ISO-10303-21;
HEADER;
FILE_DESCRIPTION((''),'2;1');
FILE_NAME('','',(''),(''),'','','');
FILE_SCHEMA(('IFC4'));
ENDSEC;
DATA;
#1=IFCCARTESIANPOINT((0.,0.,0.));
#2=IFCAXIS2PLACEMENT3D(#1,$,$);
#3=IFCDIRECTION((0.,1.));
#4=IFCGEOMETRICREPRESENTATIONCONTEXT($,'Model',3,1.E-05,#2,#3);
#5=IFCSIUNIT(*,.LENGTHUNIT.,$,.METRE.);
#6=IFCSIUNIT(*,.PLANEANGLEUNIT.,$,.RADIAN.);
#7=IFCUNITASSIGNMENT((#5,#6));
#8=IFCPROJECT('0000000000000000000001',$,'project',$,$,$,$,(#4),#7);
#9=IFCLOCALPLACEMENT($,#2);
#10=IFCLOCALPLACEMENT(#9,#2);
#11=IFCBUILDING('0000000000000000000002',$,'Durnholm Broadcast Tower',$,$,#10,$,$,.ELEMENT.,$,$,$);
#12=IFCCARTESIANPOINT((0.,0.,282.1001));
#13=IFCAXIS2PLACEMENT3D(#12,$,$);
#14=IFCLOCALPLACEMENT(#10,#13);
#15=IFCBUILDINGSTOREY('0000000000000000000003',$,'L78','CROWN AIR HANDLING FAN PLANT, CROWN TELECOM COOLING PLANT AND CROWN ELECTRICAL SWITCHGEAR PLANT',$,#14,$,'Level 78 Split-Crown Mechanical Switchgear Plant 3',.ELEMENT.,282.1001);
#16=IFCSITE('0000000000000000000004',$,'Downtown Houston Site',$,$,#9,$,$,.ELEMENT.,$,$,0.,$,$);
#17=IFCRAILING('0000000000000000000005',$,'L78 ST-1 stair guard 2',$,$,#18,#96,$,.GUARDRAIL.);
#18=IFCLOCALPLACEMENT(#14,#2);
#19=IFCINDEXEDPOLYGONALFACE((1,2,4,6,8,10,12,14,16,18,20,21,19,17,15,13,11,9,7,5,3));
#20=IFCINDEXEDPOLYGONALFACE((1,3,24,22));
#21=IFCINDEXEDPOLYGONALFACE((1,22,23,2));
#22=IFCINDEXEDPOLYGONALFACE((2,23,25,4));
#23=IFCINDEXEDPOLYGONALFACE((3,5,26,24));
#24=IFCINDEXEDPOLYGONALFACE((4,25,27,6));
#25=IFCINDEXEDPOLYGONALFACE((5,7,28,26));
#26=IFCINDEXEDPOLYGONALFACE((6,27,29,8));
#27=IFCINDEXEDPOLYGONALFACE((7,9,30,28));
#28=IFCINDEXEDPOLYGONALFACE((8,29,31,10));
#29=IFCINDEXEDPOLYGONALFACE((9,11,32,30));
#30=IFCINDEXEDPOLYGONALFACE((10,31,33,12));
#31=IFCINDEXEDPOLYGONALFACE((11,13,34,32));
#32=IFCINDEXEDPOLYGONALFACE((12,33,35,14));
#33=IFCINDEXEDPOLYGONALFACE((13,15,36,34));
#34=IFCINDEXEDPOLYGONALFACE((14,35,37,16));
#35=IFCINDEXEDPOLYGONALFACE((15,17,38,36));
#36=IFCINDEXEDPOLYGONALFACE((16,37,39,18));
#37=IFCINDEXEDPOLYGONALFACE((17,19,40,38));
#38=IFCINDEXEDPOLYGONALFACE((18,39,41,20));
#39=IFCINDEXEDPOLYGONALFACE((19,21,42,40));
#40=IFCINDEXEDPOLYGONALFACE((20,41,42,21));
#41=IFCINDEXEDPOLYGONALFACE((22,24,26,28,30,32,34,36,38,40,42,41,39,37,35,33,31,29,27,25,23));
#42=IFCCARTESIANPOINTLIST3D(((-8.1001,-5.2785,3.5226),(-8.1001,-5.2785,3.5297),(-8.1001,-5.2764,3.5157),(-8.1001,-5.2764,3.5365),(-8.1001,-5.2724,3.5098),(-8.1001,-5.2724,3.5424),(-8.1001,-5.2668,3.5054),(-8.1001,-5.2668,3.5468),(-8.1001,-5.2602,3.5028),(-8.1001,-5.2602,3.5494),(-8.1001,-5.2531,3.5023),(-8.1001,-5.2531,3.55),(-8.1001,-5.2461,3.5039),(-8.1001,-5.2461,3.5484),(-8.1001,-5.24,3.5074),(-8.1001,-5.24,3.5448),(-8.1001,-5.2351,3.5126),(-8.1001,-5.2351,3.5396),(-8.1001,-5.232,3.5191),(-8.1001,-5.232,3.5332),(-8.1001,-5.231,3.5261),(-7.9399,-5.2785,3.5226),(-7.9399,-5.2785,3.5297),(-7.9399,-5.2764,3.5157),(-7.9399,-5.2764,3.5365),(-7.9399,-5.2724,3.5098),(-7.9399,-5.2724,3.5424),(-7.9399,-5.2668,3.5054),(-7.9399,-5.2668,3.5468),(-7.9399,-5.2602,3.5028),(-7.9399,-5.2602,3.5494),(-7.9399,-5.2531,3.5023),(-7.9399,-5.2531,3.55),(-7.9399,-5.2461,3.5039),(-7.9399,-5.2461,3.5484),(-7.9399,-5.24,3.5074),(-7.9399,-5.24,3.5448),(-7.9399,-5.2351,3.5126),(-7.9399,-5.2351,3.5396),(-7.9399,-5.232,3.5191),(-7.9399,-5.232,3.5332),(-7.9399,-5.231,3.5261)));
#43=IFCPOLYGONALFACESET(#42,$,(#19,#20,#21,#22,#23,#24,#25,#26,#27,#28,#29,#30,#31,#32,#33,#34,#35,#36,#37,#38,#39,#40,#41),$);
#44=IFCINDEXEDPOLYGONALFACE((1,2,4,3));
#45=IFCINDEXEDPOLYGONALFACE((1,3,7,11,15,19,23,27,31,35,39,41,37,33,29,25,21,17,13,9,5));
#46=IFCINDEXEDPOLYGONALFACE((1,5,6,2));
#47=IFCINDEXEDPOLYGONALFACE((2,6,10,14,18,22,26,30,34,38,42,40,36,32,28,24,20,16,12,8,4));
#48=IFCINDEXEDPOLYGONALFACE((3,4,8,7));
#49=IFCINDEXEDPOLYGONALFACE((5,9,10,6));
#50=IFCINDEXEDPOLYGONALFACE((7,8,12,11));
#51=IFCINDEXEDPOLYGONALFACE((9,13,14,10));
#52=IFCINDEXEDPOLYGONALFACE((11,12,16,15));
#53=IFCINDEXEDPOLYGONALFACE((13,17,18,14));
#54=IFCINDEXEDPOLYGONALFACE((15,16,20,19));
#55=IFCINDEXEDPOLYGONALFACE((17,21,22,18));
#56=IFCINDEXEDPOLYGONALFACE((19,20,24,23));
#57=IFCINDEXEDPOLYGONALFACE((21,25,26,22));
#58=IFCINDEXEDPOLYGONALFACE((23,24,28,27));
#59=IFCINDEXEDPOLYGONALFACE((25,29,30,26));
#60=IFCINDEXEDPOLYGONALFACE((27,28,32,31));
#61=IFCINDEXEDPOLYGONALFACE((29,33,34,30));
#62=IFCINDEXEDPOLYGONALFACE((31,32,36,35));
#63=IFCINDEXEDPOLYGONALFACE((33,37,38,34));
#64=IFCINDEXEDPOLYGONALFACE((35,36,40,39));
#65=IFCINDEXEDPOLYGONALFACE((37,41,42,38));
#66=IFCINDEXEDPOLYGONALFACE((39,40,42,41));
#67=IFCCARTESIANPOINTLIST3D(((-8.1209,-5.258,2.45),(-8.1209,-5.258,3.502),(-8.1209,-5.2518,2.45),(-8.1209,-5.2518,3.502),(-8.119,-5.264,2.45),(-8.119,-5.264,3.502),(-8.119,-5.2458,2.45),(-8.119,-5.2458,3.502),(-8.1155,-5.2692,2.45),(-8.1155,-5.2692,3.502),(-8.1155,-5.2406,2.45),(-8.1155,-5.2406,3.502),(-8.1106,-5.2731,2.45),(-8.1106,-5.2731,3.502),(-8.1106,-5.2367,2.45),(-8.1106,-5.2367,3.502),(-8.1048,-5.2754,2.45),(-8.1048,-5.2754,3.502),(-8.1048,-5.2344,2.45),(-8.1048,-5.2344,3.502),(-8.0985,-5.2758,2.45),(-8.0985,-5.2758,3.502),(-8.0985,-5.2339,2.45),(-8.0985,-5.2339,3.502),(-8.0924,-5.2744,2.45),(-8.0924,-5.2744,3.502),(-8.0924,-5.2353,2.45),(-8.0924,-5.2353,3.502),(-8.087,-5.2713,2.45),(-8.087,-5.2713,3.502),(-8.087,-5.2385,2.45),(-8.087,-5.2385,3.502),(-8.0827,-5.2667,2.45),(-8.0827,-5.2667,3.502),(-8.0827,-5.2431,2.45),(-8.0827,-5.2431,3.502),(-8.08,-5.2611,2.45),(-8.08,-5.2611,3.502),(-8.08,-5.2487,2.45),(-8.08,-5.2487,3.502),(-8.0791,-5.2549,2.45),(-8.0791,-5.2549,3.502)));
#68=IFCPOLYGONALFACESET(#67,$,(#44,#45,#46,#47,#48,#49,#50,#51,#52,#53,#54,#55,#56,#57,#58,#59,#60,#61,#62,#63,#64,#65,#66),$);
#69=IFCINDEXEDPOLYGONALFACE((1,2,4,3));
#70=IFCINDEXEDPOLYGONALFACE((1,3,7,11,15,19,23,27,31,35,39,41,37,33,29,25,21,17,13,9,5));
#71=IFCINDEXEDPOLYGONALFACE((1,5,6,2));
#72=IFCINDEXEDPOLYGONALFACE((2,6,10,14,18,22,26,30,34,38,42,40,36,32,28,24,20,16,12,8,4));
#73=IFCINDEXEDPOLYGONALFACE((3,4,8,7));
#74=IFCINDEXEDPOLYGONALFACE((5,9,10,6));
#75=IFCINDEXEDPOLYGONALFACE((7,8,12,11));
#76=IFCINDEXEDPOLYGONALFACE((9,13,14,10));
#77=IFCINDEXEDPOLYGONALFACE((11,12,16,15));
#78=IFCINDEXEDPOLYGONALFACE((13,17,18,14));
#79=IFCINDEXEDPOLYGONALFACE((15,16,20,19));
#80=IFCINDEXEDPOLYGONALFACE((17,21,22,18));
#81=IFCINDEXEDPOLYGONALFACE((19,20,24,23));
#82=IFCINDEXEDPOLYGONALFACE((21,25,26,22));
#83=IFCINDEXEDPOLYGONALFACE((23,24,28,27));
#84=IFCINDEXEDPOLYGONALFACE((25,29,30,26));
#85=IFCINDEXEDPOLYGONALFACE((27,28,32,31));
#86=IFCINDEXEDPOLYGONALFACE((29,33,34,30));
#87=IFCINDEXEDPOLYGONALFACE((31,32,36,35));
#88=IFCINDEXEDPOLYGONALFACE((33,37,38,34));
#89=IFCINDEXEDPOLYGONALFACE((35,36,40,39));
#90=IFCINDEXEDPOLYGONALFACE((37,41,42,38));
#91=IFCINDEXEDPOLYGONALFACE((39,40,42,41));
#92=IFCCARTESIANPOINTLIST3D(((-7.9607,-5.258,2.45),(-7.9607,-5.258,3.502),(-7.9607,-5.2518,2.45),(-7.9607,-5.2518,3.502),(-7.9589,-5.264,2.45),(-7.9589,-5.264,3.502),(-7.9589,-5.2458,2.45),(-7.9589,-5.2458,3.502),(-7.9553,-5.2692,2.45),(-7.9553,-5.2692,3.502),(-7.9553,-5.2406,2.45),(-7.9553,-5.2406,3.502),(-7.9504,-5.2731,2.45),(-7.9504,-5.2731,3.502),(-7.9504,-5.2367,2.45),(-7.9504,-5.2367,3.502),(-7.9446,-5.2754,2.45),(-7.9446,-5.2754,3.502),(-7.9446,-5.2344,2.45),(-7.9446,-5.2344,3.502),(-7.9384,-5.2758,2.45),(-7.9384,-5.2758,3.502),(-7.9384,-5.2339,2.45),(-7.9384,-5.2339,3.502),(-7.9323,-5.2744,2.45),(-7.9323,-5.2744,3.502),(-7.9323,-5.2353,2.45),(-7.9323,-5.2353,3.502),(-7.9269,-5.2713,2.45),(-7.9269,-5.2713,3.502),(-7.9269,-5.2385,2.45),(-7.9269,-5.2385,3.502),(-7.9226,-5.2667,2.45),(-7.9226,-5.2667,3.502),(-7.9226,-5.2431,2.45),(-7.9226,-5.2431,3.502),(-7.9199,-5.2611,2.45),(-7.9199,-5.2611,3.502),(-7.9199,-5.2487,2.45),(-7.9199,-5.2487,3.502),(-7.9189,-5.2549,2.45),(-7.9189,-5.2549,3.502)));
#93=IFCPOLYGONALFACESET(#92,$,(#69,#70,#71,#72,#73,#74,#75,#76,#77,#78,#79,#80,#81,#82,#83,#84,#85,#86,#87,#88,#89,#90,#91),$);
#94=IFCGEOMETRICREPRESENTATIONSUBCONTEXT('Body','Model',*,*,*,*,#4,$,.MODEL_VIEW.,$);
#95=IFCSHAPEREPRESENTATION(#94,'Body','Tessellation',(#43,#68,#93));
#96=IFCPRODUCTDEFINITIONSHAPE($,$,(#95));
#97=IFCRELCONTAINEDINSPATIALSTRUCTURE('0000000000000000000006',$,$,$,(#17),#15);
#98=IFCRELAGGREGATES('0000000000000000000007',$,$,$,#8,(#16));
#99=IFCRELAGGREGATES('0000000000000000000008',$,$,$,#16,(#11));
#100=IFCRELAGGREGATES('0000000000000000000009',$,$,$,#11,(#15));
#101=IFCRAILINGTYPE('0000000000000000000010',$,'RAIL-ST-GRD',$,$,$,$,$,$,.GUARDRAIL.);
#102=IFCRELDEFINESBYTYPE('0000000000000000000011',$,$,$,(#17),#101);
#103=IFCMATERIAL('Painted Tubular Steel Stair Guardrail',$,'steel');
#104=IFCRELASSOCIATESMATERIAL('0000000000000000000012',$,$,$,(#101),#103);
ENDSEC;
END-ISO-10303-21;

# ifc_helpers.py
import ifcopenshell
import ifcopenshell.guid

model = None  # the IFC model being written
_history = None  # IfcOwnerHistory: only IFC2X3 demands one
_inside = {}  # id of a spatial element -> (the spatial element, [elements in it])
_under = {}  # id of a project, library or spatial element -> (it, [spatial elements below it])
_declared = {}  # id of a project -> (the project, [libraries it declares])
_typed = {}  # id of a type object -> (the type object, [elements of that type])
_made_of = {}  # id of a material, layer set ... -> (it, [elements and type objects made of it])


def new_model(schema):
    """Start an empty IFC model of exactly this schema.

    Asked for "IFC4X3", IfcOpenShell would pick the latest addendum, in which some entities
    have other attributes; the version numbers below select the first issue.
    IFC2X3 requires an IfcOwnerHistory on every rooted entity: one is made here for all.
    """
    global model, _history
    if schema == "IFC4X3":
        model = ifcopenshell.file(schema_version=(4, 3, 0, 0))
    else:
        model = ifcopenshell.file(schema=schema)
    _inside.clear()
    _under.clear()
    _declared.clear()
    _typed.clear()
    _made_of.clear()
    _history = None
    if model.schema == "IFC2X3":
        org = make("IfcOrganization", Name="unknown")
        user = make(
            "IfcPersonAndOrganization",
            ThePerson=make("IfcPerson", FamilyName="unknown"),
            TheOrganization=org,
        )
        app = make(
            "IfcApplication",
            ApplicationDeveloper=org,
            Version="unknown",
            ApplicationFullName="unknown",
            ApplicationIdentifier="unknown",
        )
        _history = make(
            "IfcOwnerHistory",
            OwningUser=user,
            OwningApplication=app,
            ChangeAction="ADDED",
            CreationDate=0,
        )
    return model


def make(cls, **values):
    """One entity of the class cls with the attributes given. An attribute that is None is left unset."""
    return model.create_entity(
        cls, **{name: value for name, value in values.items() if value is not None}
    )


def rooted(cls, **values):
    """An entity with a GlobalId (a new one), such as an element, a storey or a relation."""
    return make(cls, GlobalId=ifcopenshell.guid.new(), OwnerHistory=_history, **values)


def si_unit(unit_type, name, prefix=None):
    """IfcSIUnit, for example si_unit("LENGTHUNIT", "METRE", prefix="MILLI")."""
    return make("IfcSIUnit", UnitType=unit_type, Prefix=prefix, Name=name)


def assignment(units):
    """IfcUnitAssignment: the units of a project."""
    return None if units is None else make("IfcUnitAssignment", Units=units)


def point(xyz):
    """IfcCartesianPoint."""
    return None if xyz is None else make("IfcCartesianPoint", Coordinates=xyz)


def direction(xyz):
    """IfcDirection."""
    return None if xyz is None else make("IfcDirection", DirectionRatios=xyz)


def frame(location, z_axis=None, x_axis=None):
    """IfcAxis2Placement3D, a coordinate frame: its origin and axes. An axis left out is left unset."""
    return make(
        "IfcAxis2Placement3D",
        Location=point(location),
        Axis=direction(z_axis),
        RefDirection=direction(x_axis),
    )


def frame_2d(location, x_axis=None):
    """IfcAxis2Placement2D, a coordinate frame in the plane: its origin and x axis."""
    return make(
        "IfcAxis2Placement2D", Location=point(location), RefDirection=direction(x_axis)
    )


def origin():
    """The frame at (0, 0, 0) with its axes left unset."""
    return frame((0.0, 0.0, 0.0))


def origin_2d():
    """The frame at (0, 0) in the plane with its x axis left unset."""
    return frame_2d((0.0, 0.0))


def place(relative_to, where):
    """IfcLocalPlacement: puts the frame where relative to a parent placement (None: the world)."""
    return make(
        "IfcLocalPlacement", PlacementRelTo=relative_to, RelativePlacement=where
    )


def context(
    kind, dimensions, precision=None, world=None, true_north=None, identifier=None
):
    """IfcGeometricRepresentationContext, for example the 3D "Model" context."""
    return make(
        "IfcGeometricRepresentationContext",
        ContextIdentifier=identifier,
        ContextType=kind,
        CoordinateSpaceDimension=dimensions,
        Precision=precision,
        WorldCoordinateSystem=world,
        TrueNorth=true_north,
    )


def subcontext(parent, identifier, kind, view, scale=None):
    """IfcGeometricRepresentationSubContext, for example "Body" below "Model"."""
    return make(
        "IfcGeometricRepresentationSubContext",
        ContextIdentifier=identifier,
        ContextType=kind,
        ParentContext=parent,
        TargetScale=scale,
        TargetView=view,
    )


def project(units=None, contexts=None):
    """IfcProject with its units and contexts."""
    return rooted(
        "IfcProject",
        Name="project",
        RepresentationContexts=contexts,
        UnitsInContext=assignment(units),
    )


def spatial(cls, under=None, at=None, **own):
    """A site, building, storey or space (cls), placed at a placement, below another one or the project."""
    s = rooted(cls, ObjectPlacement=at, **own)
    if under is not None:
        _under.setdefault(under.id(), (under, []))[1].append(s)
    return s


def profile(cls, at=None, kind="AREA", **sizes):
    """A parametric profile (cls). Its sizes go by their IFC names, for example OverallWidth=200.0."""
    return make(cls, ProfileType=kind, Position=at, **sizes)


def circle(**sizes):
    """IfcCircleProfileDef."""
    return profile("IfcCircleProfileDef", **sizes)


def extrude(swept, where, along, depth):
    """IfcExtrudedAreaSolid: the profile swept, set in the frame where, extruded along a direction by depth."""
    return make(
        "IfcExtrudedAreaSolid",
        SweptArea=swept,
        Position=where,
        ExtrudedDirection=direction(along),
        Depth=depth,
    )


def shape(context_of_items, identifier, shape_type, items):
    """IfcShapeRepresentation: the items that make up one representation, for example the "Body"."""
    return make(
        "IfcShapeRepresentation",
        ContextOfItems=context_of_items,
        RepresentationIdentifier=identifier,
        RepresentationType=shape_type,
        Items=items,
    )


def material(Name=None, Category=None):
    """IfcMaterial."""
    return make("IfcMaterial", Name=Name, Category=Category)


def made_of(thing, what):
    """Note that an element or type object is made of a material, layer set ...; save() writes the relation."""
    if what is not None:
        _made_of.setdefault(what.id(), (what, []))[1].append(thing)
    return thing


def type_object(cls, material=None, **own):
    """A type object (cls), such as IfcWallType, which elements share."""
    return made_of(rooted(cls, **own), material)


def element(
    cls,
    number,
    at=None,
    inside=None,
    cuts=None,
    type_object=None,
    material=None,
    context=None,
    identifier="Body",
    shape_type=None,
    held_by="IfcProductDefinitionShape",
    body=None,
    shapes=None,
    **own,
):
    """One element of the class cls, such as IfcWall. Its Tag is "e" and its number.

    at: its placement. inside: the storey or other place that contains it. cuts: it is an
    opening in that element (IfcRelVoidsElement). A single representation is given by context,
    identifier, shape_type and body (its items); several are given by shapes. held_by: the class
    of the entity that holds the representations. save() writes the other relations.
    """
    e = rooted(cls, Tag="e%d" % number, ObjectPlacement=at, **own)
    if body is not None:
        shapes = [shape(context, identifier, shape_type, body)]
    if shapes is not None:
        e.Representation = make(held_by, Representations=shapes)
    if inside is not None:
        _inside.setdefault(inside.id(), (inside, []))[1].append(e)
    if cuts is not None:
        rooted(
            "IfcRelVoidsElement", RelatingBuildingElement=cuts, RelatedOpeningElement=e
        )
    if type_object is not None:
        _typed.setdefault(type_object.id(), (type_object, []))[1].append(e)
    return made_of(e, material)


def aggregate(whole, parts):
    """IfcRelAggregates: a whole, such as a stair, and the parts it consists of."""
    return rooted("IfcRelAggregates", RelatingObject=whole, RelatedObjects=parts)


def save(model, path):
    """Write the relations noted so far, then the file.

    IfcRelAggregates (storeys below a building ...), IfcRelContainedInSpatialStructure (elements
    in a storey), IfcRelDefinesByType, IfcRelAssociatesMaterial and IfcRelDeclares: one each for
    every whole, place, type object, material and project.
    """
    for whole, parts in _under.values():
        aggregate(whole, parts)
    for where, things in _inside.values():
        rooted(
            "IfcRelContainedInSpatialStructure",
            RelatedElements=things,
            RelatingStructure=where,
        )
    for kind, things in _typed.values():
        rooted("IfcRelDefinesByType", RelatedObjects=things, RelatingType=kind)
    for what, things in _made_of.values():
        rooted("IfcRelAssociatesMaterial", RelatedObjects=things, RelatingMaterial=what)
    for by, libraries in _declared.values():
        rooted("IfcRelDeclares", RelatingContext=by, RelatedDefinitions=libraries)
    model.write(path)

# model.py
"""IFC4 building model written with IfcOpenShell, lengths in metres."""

from ifc_helpers import new_model, si_unit, direction, frame, origin, origin_2d, place, context, subcontext, project, spatial, circle, extrude, material, type_object, element, save


model = new_model("IFC4")

# Units and contexts
model_context = context("Model", 3, precision=1e-05, world=origin(), true_north=direction((0.0, 1.0)))
body_context = subcontext(model_context, "Body", "Model", "MODEL_VIEW")
ifc_project = project(units=[si_unit("LENGTHUNIT", "METRE"), si_unit("PLANEANGLEUNIT", "RADIAN")], contexts=[model_context])

# Site, building, storey
site_placement = place(None, origin())
site = spatial("IfcSite", under=ifc_project, at=site_placement, Name="Downtown Houston Site", CompositionType="ELEMENT", RefElevation=0.0)
building_placement = place(site_placement, origin())
building = spatial("IfcBuilding", under=site, at=building_placement, Name="Durnholm Broadcast Tower", CompositionType="ELEMENT")
storey_placement = place(building_placement, frame((0.0, 0.0, 282.1001)))
storey = spatial("IfcBuildingStorey", under=building, at=storey_placement, Name="L78", Description="CROWN AIR HANDLING FAN PLANT, CROWN TELECOM COOLING PLANT AND CROWN ELECTRICAL SWITCHGEAR PLANT", LongName="Level 78 Split-Crown Mechanical Switchgear Plant 3", CompositionType="ELEMENT", Elevation=282.1001)

# Railing
ifc_material_1 = material(Name="Painted Tubular Steel Stair Guardrail", Category="steel")
railing_type_1 = type_object("IfcRailingType", Name="RAIL-ST-GRD", PredefinedType="GUARDRAIL", material=ifc_material_1)
railing_1_placement = place(storey_placement, frame((-8.1001, -5.2549, 2.45)))
element("IfcRailing", 1, at=railing_1_placement, inside=storey, type_object=railing_type_1, Name="L78 ST-1 stair guard 2", PredefinedType="GUARDRAIL", context=body_context, shape_type="SweptSolid", body=[
    extrude(circle(Radius=0.0239, at=origin_2d()), frame((0.0, 0.0, 1.0762), z_axis=(1.0, 0.0, 0.0), x_axis=(0.0, 1.0, 0.0)), (0.0, 0.0, 1.0), 0.1602),
    extrude(circle(Radius=0.021, at=origin_2d()), origin(), (0.0, 0.0, 1.0), 1.052),
    extrude(circle(Radius=0.021, at=origin_2d()), frame((0.1602, 0.0, 0.0)), (0.0, 0.0, 1.0), 1.052),
])

save(model, "model.ifc")
